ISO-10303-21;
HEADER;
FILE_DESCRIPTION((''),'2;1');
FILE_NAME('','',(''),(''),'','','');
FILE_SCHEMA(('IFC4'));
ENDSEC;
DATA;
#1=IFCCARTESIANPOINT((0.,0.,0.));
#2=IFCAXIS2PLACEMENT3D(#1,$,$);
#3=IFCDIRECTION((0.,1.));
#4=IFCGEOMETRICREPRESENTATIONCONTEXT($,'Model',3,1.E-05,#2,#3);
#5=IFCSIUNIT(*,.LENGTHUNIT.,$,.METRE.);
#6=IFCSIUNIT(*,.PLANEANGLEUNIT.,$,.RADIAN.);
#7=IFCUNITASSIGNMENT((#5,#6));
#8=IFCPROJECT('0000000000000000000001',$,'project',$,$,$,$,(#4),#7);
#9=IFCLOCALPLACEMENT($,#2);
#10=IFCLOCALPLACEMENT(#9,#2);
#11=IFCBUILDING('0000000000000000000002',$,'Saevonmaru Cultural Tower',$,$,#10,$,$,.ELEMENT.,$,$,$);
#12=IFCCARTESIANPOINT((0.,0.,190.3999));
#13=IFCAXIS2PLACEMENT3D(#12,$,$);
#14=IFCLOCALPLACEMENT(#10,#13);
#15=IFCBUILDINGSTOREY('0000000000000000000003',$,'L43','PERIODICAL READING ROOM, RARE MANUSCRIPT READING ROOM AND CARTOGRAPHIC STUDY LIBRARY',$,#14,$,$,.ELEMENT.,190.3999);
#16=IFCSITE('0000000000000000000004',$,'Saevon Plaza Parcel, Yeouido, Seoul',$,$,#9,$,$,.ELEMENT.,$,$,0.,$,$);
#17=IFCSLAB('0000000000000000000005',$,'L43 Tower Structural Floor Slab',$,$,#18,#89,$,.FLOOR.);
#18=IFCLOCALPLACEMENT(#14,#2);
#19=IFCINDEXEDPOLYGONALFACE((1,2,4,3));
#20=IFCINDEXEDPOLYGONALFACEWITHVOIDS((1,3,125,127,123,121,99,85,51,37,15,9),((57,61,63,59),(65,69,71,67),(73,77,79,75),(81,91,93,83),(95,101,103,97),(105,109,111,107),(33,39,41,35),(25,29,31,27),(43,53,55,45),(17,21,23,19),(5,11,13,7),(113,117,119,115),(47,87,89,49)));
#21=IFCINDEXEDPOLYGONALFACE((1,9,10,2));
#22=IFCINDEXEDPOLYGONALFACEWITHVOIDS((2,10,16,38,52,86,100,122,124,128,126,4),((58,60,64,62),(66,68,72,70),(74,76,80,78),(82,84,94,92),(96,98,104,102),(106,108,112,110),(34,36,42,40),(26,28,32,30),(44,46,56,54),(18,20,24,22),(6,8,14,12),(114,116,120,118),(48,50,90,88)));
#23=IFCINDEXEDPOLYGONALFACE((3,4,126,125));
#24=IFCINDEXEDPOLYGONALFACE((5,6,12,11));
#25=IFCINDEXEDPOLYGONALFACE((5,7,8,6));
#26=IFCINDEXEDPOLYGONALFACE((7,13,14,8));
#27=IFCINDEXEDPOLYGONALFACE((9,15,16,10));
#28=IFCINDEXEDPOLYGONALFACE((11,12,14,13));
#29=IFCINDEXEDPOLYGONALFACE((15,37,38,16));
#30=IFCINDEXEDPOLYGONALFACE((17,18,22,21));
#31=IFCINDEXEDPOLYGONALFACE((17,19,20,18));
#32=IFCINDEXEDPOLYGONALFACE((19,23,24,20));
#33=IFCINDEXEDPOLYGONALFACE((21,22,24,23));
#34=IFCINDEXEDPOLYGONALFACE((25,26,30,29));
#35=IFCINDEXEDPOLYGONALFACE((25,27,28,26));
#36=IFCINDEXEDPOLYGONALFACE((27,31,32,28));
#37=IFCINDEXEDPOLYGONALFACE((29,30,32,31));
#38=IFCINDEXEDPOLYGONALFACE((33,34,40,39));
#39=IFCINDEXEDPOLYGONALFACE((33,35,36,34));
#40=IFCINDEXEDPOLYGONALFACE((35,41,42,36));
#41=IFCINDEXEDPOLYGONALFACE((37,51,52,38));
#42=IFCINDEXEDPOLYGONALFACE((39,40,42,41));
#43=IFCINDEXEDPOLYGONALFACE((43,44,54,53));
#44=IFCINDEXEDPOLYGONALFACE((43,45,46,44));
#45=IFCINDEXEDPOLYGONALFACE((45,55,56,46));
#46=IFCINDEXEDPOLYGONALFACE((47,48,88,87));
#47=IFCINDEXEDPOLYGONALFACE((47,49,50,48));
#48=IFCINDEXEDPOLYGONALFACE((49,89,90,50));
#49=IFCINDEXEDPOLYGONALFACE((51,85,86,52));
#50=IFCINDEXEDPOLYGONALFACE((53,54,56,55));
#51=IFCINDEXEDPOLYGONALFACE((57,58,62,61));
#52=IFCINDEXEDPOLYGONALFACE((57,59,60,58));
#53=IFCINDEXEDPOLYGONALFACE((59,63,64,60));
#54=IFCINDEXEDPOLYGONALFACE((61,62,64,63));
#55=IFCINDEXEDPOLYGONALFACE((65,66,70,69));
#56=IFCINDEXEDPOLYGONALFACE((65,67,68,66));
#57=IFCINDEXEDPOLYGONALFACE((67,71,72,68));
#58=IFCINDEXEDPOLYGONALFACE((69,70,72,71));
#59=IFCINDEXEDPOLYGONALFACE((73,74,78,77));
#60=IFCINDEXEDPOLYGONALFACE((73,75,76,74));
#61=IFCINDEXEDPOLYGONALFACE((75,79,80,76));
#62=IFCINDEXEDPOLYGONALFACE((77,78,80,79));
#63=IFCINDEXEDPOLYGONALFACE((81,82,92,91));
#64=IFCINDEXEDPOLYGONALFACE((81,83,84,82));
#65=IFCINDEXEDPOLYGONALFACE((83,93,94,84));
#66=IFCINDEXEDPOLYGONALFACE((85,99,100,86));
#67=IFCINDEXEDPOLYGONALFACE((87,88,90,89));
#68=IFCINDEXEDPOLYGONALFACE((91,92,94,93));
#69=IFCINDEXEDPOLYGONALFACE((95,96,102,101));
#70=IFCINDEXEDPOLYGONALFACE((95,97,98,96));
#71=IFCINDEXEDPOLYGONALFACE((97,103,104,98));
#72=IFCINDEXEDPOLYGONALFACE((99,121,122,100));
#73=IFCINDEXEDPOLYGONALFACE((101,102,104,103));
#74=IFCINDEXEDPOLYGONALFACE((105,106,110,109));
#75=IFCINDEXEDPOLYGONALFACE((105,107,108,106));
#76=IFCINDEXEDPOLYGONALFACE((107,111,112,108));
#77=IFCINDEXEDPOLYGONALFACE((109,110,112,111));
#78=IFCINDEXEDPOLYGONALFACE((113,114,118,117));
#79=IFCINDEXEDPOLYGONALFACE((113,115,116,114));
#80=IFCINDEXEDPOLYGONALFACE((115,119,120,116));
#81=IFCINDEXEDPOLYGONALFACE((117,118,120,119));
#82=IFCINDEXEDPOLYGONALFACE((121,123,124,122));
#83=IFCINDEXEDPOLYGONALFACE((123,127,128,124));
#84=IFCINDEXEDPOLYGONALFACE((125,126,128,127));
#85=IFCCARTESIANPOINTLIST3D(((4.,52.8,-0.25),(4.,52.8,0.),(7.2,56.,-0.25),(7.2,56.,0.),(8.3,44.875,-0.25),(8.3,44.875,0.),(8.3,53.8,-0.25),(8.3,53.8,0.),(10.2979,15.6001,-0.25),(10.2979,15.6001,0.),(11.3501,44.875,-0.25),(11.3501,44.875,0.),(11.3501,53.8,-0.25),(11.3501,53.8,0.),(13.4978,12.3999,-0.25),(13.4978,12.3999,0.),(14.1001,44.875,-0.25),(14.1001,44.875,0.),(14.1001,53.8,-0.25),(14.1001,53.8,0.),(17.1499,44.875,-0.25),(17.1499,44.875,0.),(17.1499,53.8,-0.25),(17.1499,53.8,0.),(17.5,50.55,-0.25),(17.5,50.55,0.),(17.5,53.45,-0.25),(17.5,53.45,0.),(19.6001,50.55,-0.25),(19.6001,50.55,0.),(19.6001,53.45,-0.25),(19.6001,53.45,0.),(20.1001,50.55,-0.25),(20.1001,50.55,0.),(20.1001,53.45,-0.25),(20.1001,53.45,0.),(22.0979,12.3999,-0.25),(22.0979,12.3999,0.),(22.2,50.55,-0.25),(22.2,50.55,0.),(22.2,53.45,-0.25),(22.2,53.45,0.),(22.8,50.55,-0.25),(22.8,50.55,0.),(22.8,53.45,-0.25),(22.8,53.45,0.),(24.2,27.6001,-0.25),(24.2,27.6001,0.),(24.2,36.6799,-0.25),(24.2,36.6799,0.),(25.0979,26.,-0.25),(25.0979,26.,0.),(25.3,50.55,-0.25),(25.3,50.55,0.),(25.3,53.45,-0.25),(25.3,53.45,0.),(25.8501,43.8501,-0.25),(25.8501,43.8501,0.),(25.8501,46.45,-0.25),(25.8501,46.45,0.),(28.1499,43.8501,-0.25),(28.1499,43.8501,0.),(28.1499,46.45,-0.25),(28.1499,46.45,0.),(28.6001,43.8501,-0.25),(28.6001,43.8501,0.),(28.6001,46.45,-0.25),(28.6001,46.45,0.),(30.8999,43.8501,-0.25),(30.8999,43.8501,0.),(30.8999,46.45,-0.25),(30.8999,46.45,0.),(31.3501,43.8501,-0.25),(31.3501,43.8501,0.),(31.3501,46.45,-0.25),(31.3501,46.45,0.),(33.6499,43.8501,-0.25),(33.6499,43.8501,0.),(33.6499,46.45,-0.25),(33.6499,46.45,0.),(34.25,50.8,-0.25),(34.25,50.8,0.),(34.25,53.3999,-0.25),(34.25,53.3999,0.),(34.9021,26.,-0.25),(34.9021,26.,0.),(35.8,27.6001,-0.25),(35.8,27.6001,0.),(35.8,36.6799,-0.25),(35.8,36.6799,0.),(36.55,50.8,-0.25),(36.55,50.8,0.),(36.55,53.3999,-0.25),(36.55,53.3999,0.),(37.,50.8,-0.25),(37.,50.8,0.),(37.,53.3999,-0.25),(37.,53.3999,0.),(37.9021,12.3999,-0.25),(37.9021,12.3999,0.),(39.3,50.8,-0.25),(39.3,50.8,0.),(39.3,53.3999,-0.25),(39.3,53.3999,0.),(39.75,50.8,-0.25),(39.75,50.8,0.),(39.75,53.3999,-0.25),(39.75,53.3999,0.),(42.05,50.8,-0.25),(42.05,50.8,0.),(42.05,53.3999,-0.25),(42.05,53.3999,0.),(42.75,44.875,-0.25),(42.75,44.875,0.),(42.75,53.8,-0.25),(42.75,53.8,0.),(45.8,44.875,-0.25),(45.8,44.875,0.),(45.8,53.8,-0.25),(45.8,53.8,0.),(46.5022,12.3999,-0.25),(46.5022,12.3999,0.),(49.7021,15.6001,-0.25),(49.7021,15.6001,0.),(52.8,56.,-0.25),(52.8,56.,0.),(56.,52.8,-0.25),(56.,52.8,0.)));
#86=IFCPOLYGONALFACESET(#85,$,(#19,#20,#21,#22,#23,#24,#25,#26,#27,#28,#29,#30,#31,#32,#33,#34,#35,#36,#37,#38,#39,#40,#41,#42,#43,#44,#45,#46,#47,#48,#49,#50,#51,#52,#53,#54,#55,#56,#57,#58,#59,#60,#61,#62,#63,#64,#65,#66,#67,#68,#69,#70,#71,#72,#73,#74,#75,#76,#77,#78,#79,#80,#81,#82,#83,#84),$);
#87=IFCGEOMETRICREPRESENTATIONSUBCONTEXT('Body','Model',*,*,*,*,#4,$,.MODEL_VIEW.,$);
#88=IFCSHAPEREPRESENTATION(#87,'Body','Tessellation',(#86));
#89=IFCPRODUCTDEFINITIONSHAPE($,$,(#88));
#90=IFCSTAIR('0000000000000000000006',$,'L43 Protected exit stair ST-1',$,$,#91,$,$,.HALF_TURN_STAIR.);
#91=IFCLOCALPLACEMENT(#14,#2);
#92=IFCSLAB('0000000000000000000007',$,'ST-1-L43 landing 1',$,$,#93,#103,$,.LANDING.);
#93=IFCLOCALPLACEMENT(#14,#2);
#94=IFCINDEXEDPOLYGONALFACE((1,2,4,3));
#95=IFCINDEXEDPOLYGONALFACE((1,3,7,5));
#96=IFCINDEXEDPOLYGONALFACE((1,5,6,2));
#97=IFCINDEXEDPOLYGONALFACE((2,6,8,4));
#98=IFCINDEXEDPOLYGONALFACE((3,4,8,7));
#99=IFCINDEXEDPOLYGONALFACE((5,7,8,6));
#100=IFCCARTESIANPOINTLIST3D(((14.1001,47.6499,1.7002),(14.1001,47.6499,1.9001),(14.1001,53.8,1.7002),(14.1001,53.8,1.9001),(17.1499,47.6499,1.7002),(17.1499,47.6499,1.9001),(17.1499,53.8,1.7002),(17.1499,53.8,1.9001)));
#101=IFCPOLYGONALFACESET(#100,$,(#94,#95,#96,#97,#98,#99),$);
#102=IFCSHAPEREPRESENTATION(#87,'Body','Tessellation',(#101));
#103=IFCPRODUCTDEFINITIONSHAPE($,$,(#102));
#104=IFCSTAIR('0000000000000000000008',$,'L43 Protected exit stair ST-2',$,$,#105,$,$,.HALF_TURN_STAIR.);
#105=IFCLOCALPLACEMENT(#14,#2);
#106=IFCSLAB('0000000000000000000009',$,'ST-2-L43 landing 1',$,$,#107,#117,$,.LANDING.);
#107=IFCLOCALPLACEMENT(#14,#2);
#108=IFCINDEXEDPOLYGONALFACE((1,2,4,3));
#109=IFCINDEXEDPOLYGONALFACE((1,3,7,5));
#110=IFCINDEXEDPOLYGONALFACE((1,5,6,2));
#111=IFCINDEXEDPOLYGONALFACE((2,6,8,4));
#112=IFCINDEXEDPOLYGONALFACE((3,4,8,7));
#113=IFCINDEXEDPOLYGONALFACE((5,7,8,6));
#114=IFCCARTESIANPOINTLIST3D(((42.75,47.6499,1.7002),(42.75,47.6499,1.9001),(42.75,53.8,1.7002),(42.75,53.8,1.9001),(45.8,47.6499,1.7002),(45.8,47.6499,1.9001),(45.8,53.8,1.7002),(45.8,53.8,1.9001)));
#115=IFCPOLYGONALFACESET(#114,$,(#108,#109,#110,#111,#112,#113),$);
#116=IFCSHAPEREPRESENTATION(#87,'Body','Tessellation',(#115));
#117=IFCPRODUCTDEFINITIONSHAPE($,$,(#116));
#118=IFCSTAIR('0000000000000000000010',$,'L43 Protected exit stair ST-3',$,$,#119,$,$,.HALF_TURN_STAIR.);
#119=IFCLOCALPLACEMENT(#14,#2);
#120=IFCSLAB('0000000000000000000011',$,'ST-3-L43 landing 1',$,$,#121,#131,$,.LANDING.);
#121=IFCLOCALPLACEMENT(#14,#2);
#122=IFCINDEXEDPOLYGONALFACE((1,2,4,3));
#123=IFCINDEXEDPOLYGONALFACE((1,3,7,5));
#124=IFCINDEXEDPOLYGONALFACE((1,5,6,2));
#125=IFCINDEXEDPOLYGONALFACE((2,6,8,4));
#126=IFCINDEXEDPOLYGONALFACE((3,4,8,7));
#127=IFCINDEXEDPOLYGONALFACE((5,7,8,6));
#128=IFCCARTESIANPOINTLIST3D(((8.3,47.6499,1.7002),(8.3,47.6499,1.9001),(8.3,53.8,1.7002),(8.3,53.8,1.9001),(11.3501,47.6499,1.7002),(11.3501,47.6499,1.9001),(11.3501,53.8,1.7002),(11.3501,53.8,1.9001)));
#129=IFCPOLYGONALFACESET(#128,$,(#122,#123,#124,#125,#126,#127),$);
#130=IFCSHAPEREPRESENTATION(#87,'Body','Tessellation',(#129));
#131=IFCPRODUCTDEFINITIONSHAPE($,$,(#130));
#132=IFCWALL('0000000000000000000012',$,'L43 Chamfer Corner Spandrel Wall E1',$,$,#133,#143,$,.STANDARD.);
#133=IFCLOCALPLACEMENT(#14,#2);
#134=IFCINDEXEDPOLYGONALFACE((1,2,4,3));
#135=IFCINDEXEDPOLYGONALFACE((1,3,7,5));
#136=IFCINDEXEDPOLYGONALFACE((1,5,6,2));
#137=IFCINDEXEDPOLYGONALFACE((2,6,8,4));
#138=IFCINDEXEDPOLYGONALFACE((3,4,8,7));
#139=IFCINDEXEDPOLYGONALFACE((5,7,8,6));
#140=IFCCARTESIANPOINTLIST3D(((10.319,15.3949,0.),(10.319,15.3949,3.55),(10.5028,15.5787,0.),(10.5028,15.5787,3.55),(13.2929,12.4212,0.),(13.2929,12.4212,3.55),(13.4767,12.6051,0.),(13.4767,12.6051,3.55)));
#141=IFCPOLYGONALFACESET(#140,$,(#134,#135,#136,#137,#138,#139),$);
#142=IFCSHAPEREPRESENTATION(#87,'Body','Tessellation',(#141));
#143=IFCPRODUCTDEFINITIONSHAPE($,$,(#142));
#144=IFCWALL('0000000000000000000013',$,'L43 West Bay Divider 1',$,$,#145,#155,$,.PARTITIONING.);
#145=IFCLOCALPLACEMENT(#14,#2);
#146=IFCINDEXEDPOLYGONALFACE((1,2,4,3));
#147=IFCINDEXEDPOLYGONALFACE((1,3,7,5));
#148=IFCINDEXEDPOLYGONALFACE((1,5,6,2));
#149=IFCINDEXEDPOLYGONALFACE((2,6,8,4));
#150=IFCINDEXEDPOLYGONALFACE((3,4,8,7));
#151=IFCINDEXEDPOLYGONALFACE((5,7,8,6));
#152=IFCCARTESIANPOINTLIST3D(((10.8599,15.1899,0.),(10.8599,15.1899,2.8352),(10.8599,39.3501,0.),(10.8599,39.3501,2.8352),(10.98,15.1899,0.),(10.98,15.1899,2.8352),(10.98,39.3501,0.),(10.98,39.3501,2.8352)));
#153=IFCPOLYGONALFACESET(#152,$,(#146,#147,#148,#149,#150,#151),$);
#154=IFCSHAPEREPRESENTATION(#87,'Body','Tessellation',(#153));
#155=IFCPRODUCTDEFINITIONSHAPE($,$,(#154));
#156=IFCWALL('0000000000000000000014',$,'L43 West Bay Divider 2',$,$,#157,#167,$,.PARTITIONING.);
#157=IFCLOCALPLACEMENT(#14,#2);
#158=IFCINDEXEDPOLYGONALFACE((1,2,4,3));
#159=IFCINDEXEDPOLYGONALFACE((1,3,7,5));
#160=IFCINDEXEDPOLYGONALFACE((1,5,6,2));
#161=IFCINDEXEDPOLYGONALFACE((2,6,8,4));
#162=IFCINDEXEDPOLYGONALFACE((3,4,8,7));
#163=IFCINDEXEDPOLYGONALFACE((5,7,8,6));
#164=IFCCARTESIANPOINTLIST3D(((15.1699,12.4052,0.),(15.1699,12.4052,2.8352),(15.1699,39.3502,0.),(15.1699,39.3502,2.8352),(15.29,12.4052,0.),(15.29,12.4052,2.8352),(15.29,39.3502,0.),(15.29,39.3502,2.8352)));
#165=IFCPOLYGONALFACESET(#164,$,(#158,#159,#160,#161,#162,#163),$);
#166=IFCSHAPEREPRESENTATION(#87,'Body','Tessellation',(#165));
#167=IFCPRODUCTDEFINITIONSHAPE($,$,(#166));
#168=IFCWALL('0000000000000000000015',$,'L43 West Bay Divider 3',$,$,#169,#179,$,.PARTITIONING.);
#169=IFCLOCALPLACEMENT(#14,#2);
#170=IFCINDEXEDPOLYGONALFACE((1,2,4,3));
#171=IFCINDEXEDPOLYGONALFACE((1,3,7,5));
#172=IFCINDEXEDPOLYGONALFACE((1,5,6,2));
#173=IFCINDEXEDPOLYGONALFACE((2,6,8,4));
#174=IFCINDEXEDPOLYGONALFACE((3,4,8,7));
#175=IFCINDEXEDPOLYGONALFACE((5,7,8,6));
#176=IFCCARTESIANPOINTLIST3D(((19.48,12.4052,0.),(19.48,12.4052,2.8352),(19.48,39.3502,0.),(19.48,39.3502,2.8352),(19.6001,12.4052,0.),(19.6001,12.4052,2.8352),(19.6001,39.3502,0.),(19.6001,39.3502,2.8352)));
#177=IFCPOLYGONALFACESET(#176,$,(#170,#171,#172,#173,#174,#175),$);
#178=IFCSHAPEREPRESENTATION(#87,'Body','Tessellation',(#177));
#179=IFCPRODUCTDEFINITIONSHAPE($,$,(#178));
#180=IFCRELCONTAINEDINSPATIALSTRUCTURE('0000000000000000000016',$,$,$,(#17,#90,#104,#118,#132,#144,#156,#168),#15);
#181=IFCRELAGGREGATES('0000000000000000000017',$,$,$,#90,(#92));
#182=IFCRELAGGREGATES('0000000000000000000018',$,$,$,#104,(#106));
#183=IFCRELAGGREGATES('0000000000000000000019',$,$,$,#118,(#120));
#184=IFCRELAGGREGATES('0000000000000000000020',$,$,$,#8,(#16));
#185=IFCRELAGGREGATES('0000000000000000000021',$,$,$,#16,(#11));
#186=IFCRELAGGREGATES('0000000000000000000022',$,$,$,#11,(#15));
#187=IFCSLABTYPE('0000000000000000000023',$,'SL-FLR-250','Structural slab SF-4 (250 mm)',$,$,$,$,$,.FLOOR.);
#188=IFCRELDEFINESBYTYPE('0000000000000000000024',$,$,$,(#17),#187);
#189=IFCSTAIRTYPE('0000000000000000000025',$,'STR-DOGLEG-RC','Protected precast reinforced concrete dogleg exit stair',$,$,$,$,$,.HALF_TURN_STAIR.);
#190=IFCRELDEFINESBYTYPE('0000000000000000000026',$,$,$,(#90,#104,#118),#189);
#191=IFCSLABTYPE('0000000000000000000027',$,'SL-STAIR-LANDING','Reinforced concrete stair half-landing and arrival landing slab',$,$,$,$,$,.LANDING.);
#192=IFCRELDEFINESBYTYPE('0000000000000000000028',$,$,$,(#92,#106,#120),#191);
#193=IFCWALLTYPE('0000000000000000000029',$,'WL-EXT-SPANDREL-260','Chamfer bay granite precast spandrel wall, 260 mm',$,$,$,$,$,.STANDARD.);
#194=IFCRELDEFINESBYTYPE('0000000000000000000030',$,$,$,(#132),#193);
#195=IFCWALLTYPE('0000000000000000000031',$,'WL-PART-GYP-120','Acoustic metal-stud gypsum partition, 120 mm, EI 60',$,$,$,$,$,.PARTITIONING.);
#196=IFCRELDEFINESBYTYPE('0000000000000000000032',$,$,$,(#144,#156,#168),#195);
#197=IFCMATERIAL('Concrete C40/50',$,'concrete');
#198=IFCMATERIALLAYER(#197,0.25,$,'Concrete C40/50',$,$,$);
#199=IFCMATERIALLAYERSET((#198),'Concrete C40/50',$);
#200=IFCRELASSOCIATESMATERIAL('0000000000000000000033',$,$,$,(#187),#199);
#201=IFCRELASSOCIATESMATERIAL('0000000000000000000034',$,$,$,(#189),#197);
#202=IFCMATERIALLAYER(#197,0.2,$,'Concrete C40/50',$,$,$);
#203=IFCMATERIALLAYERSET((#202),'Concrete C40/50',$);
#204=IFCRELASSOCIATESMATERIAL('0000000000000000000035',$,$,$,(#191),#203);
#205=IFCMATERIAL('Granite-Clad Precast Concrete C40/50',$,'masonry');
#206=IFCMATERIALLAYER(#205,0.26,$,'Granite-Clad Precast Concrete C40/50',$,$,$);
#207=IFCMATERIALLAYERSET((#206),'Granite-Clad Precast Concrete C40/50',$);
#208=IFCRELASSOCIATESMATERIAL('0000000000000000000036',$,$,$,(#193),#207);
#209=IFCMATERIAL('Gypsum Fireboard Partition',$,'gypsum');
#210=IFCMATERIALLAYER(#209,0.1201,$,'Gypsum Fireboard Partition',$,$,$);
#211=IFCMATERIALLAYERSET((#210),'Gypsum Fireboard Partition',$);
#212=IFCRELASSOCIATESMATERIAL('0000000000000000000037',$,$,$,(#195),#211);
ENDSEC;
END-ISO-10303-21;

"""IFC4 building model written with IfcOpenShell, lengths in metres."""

from ifc_helpers import new_model, si_unit, direction, frame, frame_2d, origin, place, context, subcontext, project, spatial, polyline, rectangle, outline, extrude, material, layer, layer_set, type_object, element, aggregate, save


model = new_model("IFC4")

# Units and contexts
model_context = context("Model", 3, precision=1e-05, world=origin(), true_north=direction((0.0, 1.0)))
body_context = subcontext(model_context, "Body", "Model", "MODEL_VIEW")
ifc_project = project(units=[si_unit("LENGTHUNIT", "METRE"), si_unit("PLANEANGLEUNIT", "RADIAN")], contexts=[model_context])

# Site, building, storey
site_placement = place(None, origin())
site = spatial("IfcSite", under=ifc_project, at=site_placement, Name="Saevon Plaza Parcel, Yeouido, Seoul", CompositionType="ELEMENT", RefElevation=0.0)
building_placement = place(site_placement, origin())
building = spatial("IfcBuilding", under=site, at=building_placement, Name="Saevonmaru Cultural Tower", CompositionType="ELEMENT")
storey_placement = place(building_placement, frame((0.0, 0.0, 190.3999)))
storey = spatial("IfcBuildingStorey", under=building, at=storey_placement, Name="L43", Description="PERIODICAL READING ROOM, RARE MANUSCRIPT READING ROOM AND CARTOGRAPHIC STUDY LIBRARY", CompositionType="ELEMENT", Elevation=190.3999)

# Slab
ifc_material_1 = material(Name="Concrete C40/50", Category="concrete")
ifc_layer_1 = layer(ifc_material_1, 0.25, Name="Concrete C40/50")
ifc_layer_set_1 = layer_set([ifc_layer_1], Name="Concrete C40/50")
slab_type_1 = type_object("IfcSlabType", Name="SL-FLR-250", Description="Structural slab SF-4 (250 mm)", PredefinedType="FLOOR", material=ifc_layer_set_1)
slab_1_placement = place(storey_placement, frame((0.0, 0.0, -0.25)))
element("IfcSlab", 1, at=slab_1_placement, inside=storey, type_object=slab_type_1, Name="L43 Tower Structural Floor Slab", PredefinedType="FLOOR", context=body_context, shape_type="SweptSolid", body=[
    extrude(outline(polyline([(10.2979, 15.6001), (13.4978, 12.3999), (22.0979, 12.3999), (25.0979, 26.0), (34.9021, 26.0), (37.9021, 12.3999), (46.5022, 12.3999), (49.7021, 15.6001), (56.0, 52.8), (52.8, 56.0), (7.2, 56.0), (4.0, 52.8), (10.2979, 15.6001)]), holes=[polyline([(45.8, 44.875), (42.75, 44.875), (42.75, 53.8), (45.8, 53.8), (45.8, 44.875)]), polyline([(39.75, 50.8), (39.75, 53.3999), (42.05, 53.3999), (42.05, 50.8), (39.75, 50.8)]), polyline([(37.0, 50.8), (37.0, 53.3999), (39.3, 53.3999), (39.3, 50.8), (37.0, 50.8)]), polyline([(34.25, 50.8), (34.25, 53.3999), (36.55, 53.3999), (36.55, 50.8), (34.25, 50.8)]), polyline([(24.2, 27.6001), (24.2, 36.6799), (35.8, 36.6799), (35.8, 27.6001), (24.2, 27.6001)]), polyline([(31.3501, 43.8501), (31.3501, 46.45), (33.6499, 46.45), (33.6499, 43.8501), (31.3501, 43.8501)]), polyline([(28.6001, 43.8501), (28.6001, 46.45), (30.8999, 46.45), (30.8999, 43.8501), (28.6001, 43.8501)]), polyline([(28.1499, 43.8501), (25.8501, 43.8501), (25.8501, 46.45), (28.1499, 46.45), (28.1499, 43.8501)]), polyline([(25.3, 50.55), (22.8, 50.55), (22.8, 53.45), (25.3, 53.45), (25.3, 50.55)]), polyline([(20.1001, 50.55), (20.1001, 53.45), (22.2, 53.45), (22.2, 50.55), (20.1001, 50.55)]), polyline([(17.5, 50.55), (17.5, 53.45), (19.6001, 53.45), (19.6001, 50.55), (17.5, 50.55)]), polyline([(17.1499, 53.8), (17.1499, 44.875), (14.1001, 44.875), (14.1001, 53.8), (17.1499, 53.8)]), polyline([(11.3501, 44.875), (8.3, 44.875), (8.3, 53.8), (11.3501, 53.8), (11.3501, 44.875)])]), origin(), (0.0, 0.0, 1.0), 0.25),
])

# Stairs, slabs
stair_type = type_object("IfcStairType", Name="STR-DOGLEG-RC", Description="Protected precast reinforced concrete dogleg exit stair", PredefinedType="HALF_TURN_STAIR", material=ifc_material_1)
stair_1_placement = place(storey_placement, origin())
stair_1 = element("IfcStair", 2, at=stair_1_placement, inside=storey, type_object=stair_type, Name="L43 Protected exit stair ST-1", PredefinedType="HALF_TURN_STAIR")
ifc_layer_2 = layer(ifc_material_1, 0.2, Name="Concrete C40/50")
ifc_layer_set_2 = layer_set([ifc_layer_2], Name="Concrete C40/50")
slab_type_2 = type_object("IfcSlabType", Name="SL-STAIR-LANDING", Description="Reinforced concrete stair half-landing and arrival landing slab", PredefinedType="LANDING", material=ifc_layer_set_2)
slab_2_placement = place(storey_placement, frame((0.0, 0.0, 1.7002)))
slab_2 = element("IfcSlab", 3, at=slab_2_placement, type_object=slab_type_2, Name="ST-1-L43 landing 1", PredefinedType="LANDING", context=body_context, shape_type="SweptSolid", body=[
    extrude(outline(polyline([(17.1499, 47.6499), (17.1499, 53.8), (14.1001, 53.8), (14.1001, 47.6499), (17.1499, 47.6499)])), origin(), (0.0, 0.0, 1.0), 0.2),
])
aggregate(stair_1, [slab_2])
stair_2_placement = place(storey_placement, origin())
stair_2 = element("IfcStair", 4, at=stair_2_placement, inside=storey, type_object=stair_type, Name="L43 Protected exit stair ST-2", PredefinedType="HALF_TURN_STAIR")
slab_3_placement = place(storey_placement, frame((0.0, 0.0, 1.7002)))
slab_3 = element("IfcSlab", 5, at=slab_3_placement, type_object=slab_type_2, Name="ST-2-L43 landing 1", PredefinedType="LANDING", context=body_context, shape_type="SweptSolid", body=[
    extrude(outline(polyline([(45.8, 47.6499), (45.8, 53.8), (42.75, 53.8), (42.75, 47.6499), (45.8, 47.6499)])), origin(), (0.0, 0.0, 1.0), 0.2),
])
aggregate(stair_2, [slab_3])
stair_3_placement = place(storey_placement, origin())
stair_3 = element("IfcStair", 6, at=stair_3_placement, inside=storey, type_object=stair_type, Name="L43 Protected exit stair ST-3", PredefinedType="HALF_TURN_STAIR")
slab_4_placement = place(storey_placement, frame((0.0, 0.0, 1.7002)))
slab_4 = element("IfcSlab", 7, at=slab_4_placement, type_object=slab_type_2, Name="ST-3-L43 landing 1", PredefinedType="LANDING", context=body_context, shape_type="SweptSolid", body=[
    extrude(outline(polyline([(11.3501, 47.6499), (11.3501, 53.8), (8.3, 53.8), (8.3, 47.6499), (11.3501, 47.6499)])), origin(), (0.0, 0.0, 1.0), 0.2),
])
aggregate(stair_3, [slab_4])

# Walls
ifc_material_2 = material(Name="Granite-Clad Precast Concrete C40/50", Category="masonry")
ifc_layer_3 = layer(ifc_material_2, 0.26, Name="Granite-Clad Precast Concrete C40/50")
ifc_layer_set_3 = layer_set([ifc_layer_3], Name="Granite-Clad Precast Concrete C40/50")
wall_type_1 = type_object("IfcWallType", Name="WL-EXT-SPANDREL-260", Description="Chamfer bay granite precast spandrel wall, 260 mm", PredefinedType="STANDARD", material=ifc_layer_set_3)
wall_1_placement = place(storey_placement, frame((10.4109, 15.4868, 0.0), z_axis=(0.0, 0.0, 1.0), x_axis=(0.707136, -0.707078, 0.0)))
element("IfcWall", 8, at=wall_1_placement, inside=storey, type_object=wall_type_1, Name="L43 Chamfer Corner Spandrel Wall E1", PredefinedType="STANDARD", context=body_context, shape_type="SweptSolid", body=[
    extrude(rectangle(XDim=4.2056, YDim=0.26, at=frame_2d((2.1028, 0.0))), origin(), (0.0, 0.0, 1.0), 3.55),
])
ifc_material_3 = material(Name="Gypsum Fireboard Partition", Category="gypsum")
ifc_layer_4 = layer(ifc_material_3, 0.1201, Name="Gypsum Fireboard Partition")
ifc_layer_set_4 = layer_set([ifc_layer_4], Name="Gypsum Fireboard Partition")
wall_type_2 = type_object("IfcWallType", Name="WL-PART-GYP-120", Description="Acoustic metal-stud gypsum partition, 120 mm, EI 60", PredefinedType="PARTITIONING", material=ifc_layer_set_4)
wall_2_placement = place(storey_placement, frame((10.9199, 15.1899, 0.0), z_axis=(0.0, 0.0, 1.0), x_axis=(0.0, 1.0, 0.0)))
element("IfcWall", 9, at=wall_2_placement, inside=storey, type_object=wall_type_2, Name="L43 West Bay Divider 1", PredefinedType="PARTITIONING", context=body_context, shape_type="SweptSolid", body=[
    extrude(rectangle(XDim=24.1602, YDim=0.1201, at=frame_2d((12.0801, 0.0))), origin(), (0.0, 0.0, 1.0), 2.8352),
])
for number, where, z_axis, x_axis, name in (
    (10, (15.23, 12.405, 0.0), (0.0, 0.0, 1.0), (0.0, 1.0, 0.0), "L43 West Bay Divider 2"),
    (11, (19.54, 12.405, 0.0), (0.0, 0.0, 1.0), (0.0, 1.0, 0.0), "L43 West Bay Divider 3"),
):
    element("IfcWall", number, at=place(storey_placement, frame(where, z_axis=z_axis, x_axis=x_axis)), inside=storey, type_object=wall_type_2, Name=name, PredefinedType="PARTITIONING", context=body_context, shape_type="SweptSolid", body=[
        extrude(rectangle(XDim=26.9451, YDim=0.1201, at=frame_2d((13.4727, 0.0))), origin(), (0.0, 0.0, 1.0), 2.8352),
    ])

save(model, "model.ifc")
